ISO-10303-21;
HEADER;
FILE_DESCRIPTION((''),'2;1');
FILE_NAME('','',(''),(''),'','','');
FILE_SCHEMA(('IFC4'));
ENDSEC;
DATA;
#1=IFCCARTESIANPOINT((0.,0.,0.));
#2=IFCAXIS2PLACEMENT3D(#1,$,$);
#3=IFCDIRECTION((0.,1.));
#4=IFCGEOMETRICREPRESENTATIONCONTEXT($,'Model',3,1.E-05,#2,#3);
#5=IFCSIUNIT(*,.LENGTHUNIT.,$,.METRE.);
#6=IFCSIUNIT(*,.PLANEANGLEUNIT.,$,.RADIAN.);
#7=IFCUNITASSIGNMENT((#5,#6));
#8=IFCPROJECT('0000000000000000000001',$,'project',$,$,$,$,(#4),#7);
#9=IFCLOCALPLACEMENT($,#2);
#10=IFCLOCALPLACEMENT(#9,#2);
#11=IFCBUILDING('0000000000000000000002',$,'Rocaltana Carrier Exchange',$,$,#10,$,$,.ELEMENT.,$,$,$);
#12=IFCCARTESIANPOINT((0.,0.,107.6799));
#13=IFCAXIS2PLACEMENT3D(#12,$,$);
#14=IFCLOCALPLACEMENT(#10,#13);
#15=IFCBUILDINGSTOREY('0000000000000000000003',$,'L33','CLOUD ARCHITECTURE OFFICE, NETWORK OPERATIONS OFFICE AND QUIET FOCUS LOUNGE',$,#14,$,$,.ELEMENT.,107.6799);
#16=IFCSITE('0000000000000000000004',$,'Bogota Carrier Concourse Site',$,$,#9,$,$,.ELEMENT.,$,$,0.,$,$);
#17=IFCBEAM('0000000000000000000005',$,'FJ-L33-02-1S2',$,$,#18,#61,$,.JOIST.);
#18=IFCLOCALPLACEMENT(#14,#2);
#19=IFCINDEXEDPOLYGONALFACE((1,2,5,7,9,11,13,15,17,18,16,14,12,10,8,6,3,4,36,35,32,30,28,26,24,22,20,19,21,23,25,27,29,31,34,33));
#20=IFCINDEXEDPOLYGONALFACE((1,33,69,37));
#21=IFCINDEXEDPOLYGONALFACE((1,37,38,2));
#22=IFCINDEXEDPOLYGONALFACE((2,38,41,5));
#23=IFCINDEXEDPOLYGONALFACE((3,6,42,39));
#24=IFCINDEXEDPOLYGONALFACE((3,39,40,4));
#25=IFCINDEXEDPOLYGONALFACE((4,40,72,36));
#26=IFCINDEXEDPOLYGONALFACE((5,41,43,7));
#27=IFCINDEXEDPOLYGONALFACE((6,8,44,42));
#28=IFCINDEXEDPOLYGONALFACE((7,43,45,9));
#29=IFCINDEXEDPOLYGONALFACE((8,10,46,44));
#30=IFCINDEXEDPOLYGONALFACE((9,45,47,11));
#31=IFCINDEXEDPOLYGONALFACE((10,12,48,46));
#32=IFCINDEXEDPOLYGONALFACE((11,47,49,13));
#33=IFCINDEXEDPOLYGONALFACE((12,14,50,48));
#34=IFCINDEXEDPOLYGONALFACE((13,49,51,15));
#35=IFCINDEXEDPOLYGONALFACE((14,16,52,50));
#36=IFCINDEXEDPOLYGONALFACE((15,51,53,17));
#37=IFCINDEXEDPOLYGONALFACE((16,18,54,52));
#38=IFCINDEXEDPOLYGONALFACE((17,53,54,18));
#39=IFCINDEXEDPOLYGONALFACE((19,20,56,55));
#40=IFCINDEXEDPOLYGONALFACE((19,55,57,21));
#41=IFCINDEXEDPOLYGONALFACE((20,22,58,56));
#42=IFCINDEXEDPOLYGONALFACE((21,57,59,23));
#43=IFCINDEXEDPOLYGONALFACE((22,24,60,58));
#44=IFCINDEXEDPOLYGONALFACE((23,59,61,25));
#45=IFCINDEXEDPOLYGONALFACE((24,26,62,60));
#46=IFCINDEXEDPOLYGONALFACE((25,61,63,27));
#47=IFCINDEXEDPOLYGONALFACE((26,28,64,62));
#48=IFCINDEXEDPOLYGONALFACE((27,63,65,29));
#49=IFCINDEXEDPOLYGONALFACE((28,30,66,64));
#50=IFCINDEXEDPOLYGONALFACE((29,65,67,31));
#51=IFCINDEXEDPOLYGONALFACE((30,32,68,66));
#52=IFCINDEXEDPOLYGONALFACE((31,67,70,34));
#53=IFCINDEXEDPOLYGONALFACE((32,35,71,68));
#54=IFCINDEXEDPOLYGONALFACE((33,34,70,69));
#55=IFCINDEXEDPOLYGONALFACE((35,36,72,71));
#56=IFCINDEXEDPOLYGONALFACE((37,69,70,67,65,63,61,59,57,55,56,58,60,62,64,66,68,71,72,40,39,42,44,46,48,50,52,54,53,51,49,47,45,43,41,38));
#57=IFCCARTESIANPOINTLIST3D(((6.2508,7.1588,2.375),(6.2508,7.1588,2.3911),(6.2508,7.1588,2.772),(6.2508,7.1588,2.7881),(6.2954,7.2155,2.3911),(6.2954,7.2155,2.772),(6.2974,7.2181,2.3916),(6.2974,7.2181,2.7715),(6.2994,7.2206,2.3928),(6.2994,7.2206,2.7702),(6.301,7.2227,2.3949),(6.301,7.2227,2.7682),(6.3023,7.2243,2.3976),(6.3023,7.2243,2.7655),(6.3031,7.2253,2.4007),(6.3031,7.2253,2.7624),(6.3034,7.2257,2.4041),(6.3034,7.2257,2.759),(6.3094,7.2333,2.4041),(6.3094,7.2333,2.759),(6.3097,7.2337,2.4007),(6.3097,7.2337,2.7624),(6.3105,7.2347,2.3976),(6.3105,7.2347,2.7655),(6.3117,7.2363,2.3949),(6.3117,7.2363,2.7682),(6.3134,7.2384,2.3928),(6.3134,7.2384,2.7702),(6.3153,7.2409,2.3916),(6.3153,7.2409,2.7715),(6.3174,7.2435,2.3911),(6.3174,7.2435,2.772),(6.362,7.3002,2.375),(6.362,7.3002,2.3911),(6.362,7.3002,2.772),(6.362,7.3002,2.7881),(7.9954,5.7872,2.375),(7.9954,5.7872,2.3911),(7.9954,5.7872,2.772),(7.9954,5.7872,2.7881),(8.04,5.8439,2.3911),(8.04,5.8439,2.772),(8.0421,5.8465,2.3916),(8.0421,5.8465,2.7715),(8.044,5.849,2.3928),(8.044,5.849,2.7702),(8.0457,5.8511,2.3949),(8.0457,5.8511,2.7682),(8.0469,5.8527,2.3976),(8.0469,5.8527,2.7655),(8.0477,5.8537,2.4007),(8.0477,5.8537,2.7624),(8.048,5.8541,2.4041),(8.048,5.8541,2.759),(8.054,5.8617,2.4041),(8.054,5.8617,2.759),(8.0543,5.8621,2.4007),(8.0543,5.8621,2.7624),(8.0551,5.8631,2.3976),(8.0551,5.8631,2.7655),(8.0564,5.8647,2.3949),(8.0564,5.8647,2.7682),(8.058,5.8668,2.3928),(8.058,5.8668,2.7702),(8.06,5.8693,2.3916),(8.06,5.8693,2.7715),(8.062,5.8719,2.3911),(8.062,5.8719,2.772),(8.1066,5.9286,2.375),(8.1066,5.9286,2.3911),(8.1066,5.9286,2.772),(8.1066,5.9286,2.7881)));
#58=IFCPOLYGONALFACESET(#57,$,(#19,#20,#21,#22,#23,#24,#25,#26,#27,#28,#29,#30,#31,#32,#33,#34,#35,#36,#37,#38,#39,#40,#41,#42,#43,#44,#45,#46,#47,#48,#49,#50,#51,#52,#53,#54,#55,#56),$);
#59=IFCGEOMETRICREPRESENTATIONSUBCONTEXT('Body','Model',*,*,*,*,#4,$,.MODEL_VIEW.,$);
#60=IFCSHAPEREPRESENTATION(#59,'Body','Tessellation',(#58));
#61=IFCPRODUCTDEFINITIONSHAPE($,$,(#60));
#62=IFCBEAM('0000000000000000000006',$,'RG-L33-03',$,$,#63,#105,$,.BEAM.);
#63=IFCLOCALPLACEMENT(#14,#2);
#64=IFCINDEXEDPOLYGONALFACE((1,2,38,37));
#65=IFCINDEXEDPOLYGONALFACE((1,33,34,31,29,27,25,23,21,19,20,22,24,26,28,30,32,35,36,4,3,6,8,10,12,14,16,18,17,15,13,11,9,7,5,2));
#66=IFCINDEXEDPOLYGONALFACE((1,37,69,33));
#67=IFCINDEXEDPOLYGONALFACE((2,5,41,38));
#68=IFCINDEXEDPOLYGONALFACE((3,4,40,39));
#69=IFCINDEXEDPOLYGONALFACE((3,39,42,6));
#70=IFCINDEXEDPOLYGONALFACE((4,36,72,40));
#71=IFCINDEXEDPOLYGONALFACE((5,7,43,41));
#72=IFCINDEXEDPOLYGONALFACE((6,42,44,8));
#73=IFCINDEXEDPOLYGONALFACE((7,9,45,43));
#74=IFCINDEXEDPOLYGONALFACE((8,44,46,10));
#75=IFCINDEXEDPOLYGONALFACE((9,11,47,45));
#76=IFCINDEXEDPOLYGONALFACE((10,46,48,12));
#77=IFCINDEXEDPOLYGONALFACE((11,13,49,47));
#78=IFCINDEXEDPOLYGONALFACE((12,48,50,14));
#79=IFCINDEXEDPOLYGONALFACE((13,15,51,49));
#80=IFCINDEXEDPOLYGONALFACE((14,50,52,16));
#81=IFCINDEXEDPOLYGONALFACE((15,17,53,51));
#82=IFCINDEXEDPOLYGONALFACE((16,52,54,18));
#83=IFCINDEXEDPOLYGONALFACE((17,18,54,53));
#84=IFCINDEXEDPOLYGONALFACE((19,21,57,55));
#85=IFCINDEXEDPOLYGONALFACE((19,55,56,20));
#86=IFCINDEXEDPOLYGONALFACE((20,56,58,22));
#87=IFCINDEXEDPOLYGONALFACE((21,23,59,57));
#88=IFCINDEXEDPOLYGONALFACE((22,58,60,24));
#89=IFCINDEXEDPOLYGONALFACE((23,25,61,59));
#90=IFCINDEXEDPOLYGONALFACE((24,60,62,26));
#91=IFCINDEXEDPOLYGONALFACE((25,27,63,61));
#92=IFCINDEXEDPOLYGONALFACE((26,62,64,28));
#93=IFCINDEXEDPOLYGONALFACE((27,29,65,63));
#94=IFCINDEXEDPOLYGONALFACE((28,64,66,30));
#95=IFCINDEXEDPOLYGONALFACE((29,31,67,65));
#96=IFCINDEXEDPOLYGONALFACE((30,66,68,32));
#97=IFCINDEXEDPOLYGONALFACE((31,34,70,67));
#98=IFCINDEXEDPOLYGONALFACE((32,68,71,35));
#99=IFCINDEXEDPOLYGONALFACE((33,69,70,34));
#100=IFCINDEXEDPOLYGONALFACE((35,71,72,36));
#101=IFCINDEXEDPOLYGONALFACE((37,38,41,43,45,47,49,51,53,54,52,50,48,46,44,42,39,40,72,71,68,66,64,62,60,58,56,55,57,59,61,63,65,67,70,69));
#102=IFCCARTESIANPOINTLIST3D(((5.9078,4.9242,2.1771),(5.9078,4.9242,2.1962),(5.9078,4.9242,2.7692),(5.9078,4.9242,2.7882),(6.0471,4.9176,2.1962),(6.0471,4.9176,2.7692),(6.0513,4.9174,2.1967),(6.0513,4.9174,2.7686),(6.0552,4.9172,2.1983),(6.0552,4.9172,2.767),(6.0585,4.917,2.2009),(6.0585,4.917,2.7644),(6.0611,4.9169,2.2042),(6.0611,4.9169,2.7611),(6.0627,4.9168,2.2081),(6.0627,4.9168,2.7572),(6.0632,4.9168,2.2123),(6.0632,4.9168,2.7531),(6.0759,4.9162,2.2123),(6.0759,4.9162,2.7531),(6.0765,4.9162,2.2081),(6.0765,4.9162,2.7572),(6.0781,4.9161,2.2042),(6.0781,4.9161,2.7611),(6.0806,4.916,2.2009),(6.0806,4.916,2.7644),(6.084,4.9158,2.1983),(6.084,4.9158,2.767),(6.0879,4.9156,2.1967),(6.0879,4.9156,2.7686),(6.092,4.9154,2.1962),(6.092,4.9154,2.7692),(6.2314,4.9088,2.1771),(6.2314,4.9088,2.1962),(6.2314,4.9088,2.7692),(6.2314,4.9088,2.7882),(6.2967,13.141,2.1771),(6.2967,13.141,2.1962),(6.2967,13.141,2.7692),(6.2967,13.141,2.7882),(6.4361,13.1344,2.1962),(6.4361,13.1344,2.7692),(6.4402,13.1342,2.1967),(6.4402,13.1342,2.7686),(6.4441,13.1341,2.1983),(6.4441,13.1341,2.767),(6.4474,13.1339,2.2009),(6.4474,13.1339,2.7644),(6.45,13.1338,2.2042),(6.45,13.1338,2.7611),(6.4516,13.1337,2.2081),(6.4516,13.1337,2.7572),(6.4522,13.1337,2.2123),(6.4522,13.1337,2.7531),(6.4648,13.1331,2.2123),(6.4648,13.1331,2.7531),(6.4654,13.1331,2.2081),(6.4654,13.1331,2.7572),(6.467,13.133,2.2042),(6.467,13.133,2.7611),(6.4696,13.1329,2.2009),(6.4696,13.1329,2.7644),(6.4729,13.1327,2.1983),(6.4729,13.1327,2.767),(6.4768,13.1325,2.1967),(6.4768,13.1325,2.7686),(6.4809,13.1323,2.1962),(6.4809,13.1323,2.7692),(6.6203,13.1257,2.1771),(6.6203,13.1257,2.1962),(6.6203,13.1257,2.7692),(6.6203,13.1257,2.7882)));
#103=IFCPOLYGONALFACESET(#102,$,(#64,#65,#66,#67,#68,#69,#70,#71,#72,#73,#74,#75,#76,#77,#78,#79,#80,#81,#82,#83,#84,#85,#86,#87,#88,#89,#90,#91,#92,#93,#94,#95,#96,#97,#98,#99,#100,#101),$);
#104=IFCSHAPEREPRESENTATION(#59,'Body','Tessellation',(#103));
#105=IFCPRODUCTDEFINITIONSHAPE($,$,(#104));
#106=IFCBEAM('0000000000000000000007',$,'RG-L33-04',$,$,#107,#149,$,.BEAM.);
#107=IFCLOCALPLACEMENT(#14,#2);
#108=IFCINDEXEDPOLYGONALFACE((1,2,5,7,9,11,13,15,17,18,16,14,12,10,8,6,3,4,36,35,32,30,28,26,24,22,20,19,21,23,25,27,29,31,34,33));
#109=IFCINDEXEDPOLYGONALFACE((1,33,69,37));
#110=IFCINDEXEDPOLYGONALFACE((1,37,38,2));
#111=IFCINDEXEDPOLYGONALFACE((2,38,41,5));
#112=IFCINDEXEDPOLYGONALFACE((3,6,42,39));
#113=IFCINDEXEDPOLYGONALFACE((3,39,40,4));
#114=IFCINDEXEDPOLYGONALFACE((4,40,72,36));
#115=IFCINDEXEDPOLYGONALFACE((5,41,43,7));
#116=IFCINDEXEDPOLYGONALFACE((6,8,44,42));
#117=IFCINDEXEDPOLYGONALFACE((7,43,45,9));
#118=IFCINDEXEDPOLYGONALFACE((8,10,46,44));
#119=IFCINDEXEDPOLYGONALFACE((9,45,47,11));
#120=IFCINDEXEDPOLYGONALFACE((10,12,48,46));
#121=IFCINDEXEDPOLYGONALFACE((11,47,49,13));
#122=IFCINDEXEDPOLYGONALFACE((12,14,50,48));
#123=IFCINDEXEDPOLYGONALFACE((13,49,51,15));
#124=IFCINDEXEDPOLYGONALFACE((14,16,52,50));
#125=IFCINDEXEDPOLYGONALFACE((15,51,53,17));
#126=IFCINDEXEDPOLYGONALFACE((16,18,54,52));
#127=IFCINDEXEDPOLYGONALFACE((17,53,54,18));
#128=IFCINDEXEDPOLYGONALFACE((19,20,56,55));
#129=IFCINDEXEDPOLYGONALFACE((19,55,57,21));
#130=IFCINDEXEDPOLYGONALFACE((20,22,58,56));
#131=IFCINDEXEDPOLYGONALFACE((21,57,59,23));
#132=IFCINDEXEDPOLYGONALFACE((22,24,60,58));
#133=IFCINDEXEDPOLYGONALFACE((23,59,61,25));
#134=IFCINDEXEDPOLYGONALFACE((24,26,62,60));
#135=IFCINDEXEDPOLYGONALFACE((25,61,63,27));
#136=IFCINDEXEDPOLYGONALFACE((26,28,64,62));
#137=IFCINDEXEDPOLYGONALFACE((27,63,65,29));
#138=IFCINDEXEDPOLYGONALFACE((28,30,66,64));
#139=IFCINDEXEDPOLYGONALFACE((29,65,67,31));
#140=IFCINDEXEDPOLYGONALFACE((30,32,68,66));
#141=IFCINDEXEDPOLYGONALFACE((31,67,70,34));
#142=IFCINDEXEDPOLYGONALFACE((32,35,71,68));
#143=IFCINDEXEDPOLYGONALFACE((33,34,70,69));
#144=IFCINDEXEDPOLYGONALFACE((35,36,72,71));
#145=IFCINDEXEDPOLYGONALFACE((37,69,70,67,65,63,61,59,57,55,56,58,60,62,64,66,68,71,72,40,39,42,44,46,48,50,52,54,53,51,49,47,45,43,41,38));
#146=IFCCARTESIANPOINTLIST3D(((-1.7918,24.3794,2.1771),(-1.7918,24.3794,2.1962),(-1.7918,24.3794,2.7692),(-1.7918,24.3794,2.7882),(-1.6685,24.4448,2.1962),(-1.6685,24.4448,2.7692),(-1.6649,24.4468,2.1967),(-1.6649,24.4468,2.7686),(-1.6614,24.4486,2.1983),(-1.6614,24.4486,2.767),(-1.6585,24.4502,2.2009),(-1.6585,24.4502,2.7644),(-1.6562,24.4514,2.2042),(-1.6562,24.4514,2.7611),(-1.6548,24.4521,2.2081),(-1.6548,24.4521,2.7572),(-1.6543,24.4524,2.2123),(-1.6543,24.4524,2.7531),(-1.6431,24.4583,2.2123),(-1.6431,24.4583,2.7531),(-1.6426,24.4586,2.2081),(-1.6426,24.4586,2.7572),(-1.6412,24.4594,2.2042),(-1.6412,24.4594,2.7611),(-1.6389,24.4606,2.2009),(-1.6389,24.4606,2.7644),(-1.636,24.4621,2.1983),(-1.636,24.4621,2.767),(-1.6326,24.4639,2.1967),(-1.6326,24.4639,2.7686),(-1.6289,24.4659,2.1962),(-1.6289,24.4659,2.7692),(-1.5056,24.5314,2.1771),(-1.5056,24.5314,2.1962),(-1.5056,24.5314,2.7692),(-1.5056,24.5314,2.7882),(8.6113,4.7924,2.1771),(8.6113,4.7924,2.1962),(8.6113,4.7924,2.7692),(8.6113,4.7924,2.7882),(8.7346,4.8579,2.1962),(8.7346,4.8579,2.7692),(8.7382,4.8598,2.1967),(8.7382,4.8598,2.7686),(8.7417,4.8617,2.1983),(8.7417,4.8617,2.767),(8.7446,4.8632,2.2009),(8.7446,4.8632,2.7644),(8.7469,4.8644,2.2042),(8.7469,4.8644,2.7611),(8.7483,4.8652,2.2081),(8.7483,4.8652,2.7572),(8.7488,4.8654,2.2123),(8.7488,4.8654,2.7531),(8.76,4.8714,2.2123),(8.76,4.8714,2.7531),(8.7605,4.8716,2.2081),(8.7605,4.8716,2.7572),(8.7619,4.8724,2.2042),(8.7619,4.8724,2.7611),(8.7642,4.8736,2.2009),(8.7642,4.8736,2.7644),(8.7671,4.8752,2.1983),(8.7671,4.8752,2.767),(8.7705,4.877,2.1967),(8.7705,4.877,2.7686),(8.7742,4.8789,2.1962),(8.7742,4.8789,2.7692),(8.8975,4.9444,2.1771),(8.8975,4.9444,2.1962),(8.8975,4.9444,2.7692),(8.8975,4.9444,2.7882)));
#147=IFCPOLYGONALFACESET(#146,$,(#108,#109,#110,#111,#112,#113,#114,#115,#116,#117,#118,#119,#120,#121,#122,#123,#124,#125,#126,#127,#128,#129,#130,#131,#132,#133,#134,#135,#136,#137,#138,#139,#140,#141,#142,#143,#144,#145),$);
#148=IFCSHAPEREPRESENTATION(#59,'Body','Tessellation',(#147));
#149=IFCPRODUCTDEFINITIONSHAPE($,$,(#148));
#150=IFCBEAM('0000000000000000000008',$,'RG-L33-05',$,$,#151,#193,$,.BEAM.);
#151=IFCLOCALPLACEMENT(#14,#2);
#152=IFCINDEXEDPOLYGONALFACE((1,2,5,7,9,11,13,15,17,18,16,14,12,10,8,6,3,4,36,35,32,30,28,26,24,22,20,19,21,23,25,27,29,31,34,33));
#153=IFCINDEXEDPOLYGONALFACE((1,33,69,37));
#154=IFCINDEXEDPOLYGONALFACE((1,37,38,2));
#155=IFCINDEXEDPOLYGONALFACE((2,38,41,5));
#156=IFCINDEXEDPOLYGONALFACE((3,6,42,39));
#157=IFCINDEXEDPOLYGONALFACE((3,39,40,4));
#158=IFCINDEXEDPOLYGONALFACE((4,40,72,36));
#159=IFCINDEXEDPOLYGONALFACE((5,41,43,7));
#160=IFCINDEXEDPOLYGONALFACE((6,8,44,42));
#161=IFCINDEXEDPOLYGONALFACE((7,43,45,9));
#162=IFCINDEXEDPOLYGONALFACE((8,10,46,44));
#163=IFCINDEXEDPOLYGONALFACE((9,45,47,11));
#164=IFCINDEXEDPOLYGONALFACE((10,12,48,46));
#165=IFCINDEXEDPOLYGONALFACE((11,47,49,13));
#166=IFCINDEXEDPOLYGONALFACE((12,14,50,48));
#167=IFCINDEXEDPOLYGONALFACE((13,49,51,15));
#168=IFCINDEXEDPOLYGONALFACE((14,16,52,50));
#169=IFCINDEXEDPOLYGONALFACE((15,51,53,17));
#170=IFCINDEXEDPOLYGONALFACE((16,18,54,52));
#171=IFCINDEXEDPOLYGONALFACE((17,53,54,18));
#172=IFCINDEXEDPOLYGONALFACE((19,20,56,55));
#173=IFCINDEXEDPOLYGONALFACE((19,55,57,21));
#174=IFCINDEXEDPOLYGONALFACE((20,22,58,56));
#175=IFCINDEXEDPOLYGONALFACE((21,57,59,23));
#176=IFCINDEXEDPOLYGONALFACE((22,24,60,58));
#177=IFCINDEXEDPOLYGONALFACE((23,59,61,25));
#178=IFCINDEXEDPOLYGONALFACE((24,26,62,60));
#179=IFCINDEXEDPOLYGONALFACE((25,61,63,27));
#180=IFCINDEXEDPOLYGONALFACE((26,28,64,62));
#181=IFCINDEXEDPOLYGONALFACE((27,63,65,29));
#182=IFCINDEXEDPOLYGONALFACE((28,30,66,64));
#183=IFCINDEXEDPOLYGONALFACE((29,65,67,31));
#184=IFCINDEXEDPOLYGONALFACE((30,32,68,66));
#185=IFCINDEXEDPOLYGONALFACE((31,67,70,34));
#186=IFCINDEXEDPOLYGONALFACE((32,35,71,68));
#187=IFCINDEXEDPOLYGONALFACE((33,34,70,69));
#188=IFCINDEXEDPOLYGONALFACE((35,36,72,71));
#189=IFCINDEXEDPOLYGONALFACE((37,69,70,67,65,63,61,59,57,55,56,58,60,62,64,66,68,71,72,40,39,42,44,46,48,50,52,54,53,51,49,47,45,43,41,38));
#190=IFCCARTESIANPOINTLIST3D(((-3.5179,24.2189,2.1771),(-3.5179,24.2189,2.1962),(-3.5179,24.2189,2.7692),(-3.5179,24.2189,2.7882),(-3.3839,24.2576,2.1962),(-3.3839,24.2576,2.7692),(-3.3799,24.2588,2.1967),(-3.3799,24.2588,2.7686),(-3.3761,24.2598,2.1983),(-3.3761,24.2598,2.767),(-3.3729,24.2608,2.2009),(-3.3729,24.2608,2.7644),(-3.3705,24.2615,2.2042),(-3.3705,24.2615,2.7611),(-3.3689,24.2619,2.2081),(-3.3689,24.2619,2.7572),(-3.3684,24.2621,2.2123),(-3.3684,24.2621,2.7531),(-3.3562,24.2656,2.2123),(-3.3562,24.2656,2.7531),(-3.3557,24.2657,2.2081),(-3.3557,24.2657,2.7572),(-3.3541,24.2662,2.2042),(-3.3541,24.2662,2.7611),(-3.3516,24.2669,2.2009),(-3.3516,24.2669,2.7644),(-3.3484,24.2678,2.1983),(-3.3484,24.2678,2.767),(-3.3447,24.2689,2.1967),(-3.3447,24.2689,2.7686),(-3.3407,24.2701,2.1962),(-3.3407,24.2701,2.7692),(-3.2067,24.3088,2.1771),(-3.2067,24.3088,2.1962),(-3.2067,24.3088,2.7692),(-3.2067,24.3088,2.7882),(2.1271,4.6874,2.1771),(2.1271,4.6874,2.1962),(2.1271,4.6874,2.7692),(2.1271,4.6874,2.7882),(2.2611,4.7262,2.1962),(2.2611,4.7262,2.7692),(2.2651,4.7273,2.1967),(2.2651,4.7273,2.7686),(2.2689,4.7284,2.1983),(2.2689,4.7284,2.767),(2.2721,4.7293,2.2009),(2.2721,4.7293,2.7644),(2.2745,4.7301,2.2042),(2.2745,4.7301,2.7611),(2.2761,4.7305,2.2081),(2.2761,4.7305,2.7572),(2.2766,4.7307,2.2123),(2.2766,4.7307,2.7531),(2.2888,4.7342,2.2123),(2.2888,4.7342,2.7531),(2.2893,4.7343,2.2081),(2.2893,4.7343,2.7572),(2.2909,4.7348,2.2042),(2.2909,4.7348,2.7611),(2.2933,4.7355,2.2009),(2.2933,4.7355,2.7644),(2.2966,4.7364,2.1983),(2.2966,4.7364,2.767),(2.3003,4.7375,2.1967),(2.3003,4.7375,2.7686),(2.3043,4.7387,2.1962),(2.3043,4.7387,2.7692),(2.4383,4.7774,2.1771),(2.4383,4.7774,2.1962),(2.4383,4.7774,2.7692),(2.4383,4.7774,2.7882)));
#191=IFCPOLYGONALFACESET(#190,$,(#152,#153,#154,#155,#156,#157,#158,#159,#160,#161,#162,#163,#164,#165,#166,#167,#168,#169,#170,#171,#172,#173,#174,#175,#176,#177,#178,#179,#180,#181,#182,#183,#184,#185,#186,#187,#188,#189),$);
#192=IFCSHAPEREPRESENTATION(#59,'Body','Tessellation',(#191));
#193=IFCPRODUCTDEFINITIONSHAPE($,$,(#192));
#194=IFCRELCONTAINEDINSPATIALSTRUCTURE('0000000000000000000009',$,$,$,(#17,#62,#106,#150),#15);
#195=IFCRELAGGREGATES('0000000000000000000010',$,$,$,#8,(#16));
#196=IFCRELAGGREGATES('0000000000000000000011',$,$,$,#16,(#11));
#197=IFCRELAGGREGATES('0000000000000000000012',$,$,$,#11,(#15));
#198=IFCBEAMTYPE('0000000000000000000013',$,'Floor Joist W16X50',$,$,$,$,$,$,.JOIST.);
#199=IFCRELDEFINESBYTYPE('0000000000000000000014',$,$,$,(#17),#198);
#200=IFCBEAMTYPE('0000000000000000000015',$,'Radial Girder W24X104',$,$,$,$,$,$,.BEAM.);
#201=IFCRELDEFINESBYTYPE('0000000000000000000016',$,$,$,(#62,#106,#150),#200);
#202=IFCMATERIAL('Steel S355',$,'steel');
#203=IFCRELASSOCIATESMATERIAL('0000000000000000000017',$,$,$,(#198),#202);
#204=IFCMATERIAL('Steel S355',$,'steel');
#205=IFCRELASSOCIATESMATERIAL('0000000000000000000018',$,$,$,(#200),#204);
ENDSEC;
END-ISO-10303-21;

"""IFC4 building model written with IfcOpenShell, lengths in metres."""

from ifc_helpers import new_model, si_unit, direction, frame, origin, origin_2d, place, context, subcontext, project, spatial, i_section, extrude, material, material_profile, profile_set, type_object, element, save


model = new_model("IFC4")

# Units and contexts
model_context = context("Model", 3, precision=1e-05, world=origin(), true_north=direction((0.0, 1.0)))
body_context = subcontext(model_context, "Body", "Model", "MODEL_VIEW")
ifc_project = project(units=[si_unit("LENGTHUNIT", "METRE"), si_unit("PLANEANGLEUNIT", "RADIAN")], contexts=[model_context])

# Site, building, storey
site_placement = place(None, origin())
site = spatial("IfcSite", under=ifc_project, at=site_placement, Name="Bogota Carrier Concourse Site", CompositionType="ELEMENT", RefElevation=0.0)
building_placement = place(site_placement, origin())
building = spatial("IfcBuilding", under=site, at=building_placement, Name="Rocaltana Carrier Exchange", CompositionType="ELEMENT")
storey_placement = place(building_placement, frame((0.0, 0.0, 107.6799)))
storey = spatial("IfcBuildingStorey", under=building, at=storey_placement, Name="L33", Description="CLOUD ARCHITECTURE OFFICE, NETWORK OPERATIONS OFFICE AND QUIET FOCUS LOUNGE", CompositionType="ELEMENT", Elevation=107.6799)

# Beams
ifc_material_1 = material(Name="Steel S355", Category="steel")
ifc_material_profile_1 = material_profile(ifc_material_1, i_section(OverallWidth=0.1799, OverallDepth=0.4131, WebThickness=0.0098, FlangeThickness=0.0161, FilletRadius=0.0129, at=origin_2d()), Name="W16X50")
ifc_profile_set_1 = profile_set([ifc_material_profile_1], Name="Steel S355")
beam_type_1 = type_object("IfcBeamType", Name="Floor Joist W16X50", PredefinedType="JOIST", material=ifc_profile_set_1)
beam_1_placement = place(storey_placement, frame((8.051, 5.8579, 2.5815), z_axis=(-0.786143, 0.618045, 0.0), x_axis=(-0.618045, -0.786143, 0.0)))
element("IfcBeam", 1, at=beam_1_placement, inside=storey, type_object=beam_type_1, Name="FJ-L33-02-1S2", PredefinedType="JOIST", context=body_context, shape_type="SweptSolid", body=[
    extrude(i_section(OverallWidth=0.1799, OverallDepth=0.4131, WebThickness=0.0098, FlangeThickness=0.0161, FilletRadius=0.0129, at=origin_2d()), origin(), (0.0, 0.0, 1.0), 2.2192),
])
ifc_material_2 = material(Name="Steel S355", Category="steel")
ifc_material_profile_2 = material_profile(ifc_material_2, i_section(OverallWidth=0.324, OverallDepth=0.6111, WebThickness=0.0127, FlangeThickness=0.019, FilletRadius=0.0161, at=origin_2d()), Name="W24X104")
ifc_profile_set_2 = profile_set([ifc_material_profile_2], Name="Steel S355")
beam_type_2 = type_object("IfcBeamType", Name="Radial Girder W24X104", PredefinedType="BEAM", material=ifc_profile_set_2)
beam_2_placement = place(storey_placement, frame((6.0696, 4.9165, 2.4827), z_axis=(0.047279, 0.998882, 0.0), x_axis=(-0.998882, 0.047279, 0.0)))
element("IfcBeam", 2, at=beam_2_placement, inside=storey, type_object=beam_type_2, Name="RG-L33-03", PredefinedType="BEAM", context=body_context, shape_type="SweptSolid", body=[
    extrude(i_section(OverallWidth=0.324, OverallDepth=0.6111, WebThickness=0.0127, FlangeThickness=0.019, FilletRadius=0.0161, at=origin_2d()), origin(), (0.0, 0.0, 1.0), 8.2261),
])
beam_3_placement = place(storey_placement, frame((8.7544, 4.8684, 2.4827), z_axis=(-0.469068, 0.883162, 0.0), x_axis=(-0.883162, -0.469068, 0.0)))
element("IfcBeam", 3, at=beam_3_placement, inside=storey, type_object=beam_type_2, Name="RG-L33-04", PredefinedType="BEAM", context=body_context, shape_type="SweptSolid", body=[
    extrude(i_section(OverallWidth=0.324, OverallDepth=0.6111, WebThickness=0.0127, FlangeThickness=0.019, FilletRadius=0.0161, at=origin_2d()), origin(), (0.0, 0.0, 1.0), 22.1782),
])
beam_4_placement = place(storey_placement, frame((2.2827, 4.7324, 2.4827), z_axis=(-0.277657, 0.96068, 0.0), x_axis=(-0.96068, -0.277657, 0.0)))
element("IfcBeam", 4, at=beam_4_placement, inside=storey, type_object=beam_type_2, Name="RG-L33-05", PredefinedType="BEAM", context=body_context, shape_type="SweptSolid", body=[
    extrude(i_section(OverallWidth=0.324, OverallDepth=0.6111, WebThickness=0.0127, FlangeThickness=0.019, FilletRadius=0.0161, at=origin_2d()), origin(), (0.0, 0.0, 1.0), 20.3308),
])

save(model, "model.ifc")
